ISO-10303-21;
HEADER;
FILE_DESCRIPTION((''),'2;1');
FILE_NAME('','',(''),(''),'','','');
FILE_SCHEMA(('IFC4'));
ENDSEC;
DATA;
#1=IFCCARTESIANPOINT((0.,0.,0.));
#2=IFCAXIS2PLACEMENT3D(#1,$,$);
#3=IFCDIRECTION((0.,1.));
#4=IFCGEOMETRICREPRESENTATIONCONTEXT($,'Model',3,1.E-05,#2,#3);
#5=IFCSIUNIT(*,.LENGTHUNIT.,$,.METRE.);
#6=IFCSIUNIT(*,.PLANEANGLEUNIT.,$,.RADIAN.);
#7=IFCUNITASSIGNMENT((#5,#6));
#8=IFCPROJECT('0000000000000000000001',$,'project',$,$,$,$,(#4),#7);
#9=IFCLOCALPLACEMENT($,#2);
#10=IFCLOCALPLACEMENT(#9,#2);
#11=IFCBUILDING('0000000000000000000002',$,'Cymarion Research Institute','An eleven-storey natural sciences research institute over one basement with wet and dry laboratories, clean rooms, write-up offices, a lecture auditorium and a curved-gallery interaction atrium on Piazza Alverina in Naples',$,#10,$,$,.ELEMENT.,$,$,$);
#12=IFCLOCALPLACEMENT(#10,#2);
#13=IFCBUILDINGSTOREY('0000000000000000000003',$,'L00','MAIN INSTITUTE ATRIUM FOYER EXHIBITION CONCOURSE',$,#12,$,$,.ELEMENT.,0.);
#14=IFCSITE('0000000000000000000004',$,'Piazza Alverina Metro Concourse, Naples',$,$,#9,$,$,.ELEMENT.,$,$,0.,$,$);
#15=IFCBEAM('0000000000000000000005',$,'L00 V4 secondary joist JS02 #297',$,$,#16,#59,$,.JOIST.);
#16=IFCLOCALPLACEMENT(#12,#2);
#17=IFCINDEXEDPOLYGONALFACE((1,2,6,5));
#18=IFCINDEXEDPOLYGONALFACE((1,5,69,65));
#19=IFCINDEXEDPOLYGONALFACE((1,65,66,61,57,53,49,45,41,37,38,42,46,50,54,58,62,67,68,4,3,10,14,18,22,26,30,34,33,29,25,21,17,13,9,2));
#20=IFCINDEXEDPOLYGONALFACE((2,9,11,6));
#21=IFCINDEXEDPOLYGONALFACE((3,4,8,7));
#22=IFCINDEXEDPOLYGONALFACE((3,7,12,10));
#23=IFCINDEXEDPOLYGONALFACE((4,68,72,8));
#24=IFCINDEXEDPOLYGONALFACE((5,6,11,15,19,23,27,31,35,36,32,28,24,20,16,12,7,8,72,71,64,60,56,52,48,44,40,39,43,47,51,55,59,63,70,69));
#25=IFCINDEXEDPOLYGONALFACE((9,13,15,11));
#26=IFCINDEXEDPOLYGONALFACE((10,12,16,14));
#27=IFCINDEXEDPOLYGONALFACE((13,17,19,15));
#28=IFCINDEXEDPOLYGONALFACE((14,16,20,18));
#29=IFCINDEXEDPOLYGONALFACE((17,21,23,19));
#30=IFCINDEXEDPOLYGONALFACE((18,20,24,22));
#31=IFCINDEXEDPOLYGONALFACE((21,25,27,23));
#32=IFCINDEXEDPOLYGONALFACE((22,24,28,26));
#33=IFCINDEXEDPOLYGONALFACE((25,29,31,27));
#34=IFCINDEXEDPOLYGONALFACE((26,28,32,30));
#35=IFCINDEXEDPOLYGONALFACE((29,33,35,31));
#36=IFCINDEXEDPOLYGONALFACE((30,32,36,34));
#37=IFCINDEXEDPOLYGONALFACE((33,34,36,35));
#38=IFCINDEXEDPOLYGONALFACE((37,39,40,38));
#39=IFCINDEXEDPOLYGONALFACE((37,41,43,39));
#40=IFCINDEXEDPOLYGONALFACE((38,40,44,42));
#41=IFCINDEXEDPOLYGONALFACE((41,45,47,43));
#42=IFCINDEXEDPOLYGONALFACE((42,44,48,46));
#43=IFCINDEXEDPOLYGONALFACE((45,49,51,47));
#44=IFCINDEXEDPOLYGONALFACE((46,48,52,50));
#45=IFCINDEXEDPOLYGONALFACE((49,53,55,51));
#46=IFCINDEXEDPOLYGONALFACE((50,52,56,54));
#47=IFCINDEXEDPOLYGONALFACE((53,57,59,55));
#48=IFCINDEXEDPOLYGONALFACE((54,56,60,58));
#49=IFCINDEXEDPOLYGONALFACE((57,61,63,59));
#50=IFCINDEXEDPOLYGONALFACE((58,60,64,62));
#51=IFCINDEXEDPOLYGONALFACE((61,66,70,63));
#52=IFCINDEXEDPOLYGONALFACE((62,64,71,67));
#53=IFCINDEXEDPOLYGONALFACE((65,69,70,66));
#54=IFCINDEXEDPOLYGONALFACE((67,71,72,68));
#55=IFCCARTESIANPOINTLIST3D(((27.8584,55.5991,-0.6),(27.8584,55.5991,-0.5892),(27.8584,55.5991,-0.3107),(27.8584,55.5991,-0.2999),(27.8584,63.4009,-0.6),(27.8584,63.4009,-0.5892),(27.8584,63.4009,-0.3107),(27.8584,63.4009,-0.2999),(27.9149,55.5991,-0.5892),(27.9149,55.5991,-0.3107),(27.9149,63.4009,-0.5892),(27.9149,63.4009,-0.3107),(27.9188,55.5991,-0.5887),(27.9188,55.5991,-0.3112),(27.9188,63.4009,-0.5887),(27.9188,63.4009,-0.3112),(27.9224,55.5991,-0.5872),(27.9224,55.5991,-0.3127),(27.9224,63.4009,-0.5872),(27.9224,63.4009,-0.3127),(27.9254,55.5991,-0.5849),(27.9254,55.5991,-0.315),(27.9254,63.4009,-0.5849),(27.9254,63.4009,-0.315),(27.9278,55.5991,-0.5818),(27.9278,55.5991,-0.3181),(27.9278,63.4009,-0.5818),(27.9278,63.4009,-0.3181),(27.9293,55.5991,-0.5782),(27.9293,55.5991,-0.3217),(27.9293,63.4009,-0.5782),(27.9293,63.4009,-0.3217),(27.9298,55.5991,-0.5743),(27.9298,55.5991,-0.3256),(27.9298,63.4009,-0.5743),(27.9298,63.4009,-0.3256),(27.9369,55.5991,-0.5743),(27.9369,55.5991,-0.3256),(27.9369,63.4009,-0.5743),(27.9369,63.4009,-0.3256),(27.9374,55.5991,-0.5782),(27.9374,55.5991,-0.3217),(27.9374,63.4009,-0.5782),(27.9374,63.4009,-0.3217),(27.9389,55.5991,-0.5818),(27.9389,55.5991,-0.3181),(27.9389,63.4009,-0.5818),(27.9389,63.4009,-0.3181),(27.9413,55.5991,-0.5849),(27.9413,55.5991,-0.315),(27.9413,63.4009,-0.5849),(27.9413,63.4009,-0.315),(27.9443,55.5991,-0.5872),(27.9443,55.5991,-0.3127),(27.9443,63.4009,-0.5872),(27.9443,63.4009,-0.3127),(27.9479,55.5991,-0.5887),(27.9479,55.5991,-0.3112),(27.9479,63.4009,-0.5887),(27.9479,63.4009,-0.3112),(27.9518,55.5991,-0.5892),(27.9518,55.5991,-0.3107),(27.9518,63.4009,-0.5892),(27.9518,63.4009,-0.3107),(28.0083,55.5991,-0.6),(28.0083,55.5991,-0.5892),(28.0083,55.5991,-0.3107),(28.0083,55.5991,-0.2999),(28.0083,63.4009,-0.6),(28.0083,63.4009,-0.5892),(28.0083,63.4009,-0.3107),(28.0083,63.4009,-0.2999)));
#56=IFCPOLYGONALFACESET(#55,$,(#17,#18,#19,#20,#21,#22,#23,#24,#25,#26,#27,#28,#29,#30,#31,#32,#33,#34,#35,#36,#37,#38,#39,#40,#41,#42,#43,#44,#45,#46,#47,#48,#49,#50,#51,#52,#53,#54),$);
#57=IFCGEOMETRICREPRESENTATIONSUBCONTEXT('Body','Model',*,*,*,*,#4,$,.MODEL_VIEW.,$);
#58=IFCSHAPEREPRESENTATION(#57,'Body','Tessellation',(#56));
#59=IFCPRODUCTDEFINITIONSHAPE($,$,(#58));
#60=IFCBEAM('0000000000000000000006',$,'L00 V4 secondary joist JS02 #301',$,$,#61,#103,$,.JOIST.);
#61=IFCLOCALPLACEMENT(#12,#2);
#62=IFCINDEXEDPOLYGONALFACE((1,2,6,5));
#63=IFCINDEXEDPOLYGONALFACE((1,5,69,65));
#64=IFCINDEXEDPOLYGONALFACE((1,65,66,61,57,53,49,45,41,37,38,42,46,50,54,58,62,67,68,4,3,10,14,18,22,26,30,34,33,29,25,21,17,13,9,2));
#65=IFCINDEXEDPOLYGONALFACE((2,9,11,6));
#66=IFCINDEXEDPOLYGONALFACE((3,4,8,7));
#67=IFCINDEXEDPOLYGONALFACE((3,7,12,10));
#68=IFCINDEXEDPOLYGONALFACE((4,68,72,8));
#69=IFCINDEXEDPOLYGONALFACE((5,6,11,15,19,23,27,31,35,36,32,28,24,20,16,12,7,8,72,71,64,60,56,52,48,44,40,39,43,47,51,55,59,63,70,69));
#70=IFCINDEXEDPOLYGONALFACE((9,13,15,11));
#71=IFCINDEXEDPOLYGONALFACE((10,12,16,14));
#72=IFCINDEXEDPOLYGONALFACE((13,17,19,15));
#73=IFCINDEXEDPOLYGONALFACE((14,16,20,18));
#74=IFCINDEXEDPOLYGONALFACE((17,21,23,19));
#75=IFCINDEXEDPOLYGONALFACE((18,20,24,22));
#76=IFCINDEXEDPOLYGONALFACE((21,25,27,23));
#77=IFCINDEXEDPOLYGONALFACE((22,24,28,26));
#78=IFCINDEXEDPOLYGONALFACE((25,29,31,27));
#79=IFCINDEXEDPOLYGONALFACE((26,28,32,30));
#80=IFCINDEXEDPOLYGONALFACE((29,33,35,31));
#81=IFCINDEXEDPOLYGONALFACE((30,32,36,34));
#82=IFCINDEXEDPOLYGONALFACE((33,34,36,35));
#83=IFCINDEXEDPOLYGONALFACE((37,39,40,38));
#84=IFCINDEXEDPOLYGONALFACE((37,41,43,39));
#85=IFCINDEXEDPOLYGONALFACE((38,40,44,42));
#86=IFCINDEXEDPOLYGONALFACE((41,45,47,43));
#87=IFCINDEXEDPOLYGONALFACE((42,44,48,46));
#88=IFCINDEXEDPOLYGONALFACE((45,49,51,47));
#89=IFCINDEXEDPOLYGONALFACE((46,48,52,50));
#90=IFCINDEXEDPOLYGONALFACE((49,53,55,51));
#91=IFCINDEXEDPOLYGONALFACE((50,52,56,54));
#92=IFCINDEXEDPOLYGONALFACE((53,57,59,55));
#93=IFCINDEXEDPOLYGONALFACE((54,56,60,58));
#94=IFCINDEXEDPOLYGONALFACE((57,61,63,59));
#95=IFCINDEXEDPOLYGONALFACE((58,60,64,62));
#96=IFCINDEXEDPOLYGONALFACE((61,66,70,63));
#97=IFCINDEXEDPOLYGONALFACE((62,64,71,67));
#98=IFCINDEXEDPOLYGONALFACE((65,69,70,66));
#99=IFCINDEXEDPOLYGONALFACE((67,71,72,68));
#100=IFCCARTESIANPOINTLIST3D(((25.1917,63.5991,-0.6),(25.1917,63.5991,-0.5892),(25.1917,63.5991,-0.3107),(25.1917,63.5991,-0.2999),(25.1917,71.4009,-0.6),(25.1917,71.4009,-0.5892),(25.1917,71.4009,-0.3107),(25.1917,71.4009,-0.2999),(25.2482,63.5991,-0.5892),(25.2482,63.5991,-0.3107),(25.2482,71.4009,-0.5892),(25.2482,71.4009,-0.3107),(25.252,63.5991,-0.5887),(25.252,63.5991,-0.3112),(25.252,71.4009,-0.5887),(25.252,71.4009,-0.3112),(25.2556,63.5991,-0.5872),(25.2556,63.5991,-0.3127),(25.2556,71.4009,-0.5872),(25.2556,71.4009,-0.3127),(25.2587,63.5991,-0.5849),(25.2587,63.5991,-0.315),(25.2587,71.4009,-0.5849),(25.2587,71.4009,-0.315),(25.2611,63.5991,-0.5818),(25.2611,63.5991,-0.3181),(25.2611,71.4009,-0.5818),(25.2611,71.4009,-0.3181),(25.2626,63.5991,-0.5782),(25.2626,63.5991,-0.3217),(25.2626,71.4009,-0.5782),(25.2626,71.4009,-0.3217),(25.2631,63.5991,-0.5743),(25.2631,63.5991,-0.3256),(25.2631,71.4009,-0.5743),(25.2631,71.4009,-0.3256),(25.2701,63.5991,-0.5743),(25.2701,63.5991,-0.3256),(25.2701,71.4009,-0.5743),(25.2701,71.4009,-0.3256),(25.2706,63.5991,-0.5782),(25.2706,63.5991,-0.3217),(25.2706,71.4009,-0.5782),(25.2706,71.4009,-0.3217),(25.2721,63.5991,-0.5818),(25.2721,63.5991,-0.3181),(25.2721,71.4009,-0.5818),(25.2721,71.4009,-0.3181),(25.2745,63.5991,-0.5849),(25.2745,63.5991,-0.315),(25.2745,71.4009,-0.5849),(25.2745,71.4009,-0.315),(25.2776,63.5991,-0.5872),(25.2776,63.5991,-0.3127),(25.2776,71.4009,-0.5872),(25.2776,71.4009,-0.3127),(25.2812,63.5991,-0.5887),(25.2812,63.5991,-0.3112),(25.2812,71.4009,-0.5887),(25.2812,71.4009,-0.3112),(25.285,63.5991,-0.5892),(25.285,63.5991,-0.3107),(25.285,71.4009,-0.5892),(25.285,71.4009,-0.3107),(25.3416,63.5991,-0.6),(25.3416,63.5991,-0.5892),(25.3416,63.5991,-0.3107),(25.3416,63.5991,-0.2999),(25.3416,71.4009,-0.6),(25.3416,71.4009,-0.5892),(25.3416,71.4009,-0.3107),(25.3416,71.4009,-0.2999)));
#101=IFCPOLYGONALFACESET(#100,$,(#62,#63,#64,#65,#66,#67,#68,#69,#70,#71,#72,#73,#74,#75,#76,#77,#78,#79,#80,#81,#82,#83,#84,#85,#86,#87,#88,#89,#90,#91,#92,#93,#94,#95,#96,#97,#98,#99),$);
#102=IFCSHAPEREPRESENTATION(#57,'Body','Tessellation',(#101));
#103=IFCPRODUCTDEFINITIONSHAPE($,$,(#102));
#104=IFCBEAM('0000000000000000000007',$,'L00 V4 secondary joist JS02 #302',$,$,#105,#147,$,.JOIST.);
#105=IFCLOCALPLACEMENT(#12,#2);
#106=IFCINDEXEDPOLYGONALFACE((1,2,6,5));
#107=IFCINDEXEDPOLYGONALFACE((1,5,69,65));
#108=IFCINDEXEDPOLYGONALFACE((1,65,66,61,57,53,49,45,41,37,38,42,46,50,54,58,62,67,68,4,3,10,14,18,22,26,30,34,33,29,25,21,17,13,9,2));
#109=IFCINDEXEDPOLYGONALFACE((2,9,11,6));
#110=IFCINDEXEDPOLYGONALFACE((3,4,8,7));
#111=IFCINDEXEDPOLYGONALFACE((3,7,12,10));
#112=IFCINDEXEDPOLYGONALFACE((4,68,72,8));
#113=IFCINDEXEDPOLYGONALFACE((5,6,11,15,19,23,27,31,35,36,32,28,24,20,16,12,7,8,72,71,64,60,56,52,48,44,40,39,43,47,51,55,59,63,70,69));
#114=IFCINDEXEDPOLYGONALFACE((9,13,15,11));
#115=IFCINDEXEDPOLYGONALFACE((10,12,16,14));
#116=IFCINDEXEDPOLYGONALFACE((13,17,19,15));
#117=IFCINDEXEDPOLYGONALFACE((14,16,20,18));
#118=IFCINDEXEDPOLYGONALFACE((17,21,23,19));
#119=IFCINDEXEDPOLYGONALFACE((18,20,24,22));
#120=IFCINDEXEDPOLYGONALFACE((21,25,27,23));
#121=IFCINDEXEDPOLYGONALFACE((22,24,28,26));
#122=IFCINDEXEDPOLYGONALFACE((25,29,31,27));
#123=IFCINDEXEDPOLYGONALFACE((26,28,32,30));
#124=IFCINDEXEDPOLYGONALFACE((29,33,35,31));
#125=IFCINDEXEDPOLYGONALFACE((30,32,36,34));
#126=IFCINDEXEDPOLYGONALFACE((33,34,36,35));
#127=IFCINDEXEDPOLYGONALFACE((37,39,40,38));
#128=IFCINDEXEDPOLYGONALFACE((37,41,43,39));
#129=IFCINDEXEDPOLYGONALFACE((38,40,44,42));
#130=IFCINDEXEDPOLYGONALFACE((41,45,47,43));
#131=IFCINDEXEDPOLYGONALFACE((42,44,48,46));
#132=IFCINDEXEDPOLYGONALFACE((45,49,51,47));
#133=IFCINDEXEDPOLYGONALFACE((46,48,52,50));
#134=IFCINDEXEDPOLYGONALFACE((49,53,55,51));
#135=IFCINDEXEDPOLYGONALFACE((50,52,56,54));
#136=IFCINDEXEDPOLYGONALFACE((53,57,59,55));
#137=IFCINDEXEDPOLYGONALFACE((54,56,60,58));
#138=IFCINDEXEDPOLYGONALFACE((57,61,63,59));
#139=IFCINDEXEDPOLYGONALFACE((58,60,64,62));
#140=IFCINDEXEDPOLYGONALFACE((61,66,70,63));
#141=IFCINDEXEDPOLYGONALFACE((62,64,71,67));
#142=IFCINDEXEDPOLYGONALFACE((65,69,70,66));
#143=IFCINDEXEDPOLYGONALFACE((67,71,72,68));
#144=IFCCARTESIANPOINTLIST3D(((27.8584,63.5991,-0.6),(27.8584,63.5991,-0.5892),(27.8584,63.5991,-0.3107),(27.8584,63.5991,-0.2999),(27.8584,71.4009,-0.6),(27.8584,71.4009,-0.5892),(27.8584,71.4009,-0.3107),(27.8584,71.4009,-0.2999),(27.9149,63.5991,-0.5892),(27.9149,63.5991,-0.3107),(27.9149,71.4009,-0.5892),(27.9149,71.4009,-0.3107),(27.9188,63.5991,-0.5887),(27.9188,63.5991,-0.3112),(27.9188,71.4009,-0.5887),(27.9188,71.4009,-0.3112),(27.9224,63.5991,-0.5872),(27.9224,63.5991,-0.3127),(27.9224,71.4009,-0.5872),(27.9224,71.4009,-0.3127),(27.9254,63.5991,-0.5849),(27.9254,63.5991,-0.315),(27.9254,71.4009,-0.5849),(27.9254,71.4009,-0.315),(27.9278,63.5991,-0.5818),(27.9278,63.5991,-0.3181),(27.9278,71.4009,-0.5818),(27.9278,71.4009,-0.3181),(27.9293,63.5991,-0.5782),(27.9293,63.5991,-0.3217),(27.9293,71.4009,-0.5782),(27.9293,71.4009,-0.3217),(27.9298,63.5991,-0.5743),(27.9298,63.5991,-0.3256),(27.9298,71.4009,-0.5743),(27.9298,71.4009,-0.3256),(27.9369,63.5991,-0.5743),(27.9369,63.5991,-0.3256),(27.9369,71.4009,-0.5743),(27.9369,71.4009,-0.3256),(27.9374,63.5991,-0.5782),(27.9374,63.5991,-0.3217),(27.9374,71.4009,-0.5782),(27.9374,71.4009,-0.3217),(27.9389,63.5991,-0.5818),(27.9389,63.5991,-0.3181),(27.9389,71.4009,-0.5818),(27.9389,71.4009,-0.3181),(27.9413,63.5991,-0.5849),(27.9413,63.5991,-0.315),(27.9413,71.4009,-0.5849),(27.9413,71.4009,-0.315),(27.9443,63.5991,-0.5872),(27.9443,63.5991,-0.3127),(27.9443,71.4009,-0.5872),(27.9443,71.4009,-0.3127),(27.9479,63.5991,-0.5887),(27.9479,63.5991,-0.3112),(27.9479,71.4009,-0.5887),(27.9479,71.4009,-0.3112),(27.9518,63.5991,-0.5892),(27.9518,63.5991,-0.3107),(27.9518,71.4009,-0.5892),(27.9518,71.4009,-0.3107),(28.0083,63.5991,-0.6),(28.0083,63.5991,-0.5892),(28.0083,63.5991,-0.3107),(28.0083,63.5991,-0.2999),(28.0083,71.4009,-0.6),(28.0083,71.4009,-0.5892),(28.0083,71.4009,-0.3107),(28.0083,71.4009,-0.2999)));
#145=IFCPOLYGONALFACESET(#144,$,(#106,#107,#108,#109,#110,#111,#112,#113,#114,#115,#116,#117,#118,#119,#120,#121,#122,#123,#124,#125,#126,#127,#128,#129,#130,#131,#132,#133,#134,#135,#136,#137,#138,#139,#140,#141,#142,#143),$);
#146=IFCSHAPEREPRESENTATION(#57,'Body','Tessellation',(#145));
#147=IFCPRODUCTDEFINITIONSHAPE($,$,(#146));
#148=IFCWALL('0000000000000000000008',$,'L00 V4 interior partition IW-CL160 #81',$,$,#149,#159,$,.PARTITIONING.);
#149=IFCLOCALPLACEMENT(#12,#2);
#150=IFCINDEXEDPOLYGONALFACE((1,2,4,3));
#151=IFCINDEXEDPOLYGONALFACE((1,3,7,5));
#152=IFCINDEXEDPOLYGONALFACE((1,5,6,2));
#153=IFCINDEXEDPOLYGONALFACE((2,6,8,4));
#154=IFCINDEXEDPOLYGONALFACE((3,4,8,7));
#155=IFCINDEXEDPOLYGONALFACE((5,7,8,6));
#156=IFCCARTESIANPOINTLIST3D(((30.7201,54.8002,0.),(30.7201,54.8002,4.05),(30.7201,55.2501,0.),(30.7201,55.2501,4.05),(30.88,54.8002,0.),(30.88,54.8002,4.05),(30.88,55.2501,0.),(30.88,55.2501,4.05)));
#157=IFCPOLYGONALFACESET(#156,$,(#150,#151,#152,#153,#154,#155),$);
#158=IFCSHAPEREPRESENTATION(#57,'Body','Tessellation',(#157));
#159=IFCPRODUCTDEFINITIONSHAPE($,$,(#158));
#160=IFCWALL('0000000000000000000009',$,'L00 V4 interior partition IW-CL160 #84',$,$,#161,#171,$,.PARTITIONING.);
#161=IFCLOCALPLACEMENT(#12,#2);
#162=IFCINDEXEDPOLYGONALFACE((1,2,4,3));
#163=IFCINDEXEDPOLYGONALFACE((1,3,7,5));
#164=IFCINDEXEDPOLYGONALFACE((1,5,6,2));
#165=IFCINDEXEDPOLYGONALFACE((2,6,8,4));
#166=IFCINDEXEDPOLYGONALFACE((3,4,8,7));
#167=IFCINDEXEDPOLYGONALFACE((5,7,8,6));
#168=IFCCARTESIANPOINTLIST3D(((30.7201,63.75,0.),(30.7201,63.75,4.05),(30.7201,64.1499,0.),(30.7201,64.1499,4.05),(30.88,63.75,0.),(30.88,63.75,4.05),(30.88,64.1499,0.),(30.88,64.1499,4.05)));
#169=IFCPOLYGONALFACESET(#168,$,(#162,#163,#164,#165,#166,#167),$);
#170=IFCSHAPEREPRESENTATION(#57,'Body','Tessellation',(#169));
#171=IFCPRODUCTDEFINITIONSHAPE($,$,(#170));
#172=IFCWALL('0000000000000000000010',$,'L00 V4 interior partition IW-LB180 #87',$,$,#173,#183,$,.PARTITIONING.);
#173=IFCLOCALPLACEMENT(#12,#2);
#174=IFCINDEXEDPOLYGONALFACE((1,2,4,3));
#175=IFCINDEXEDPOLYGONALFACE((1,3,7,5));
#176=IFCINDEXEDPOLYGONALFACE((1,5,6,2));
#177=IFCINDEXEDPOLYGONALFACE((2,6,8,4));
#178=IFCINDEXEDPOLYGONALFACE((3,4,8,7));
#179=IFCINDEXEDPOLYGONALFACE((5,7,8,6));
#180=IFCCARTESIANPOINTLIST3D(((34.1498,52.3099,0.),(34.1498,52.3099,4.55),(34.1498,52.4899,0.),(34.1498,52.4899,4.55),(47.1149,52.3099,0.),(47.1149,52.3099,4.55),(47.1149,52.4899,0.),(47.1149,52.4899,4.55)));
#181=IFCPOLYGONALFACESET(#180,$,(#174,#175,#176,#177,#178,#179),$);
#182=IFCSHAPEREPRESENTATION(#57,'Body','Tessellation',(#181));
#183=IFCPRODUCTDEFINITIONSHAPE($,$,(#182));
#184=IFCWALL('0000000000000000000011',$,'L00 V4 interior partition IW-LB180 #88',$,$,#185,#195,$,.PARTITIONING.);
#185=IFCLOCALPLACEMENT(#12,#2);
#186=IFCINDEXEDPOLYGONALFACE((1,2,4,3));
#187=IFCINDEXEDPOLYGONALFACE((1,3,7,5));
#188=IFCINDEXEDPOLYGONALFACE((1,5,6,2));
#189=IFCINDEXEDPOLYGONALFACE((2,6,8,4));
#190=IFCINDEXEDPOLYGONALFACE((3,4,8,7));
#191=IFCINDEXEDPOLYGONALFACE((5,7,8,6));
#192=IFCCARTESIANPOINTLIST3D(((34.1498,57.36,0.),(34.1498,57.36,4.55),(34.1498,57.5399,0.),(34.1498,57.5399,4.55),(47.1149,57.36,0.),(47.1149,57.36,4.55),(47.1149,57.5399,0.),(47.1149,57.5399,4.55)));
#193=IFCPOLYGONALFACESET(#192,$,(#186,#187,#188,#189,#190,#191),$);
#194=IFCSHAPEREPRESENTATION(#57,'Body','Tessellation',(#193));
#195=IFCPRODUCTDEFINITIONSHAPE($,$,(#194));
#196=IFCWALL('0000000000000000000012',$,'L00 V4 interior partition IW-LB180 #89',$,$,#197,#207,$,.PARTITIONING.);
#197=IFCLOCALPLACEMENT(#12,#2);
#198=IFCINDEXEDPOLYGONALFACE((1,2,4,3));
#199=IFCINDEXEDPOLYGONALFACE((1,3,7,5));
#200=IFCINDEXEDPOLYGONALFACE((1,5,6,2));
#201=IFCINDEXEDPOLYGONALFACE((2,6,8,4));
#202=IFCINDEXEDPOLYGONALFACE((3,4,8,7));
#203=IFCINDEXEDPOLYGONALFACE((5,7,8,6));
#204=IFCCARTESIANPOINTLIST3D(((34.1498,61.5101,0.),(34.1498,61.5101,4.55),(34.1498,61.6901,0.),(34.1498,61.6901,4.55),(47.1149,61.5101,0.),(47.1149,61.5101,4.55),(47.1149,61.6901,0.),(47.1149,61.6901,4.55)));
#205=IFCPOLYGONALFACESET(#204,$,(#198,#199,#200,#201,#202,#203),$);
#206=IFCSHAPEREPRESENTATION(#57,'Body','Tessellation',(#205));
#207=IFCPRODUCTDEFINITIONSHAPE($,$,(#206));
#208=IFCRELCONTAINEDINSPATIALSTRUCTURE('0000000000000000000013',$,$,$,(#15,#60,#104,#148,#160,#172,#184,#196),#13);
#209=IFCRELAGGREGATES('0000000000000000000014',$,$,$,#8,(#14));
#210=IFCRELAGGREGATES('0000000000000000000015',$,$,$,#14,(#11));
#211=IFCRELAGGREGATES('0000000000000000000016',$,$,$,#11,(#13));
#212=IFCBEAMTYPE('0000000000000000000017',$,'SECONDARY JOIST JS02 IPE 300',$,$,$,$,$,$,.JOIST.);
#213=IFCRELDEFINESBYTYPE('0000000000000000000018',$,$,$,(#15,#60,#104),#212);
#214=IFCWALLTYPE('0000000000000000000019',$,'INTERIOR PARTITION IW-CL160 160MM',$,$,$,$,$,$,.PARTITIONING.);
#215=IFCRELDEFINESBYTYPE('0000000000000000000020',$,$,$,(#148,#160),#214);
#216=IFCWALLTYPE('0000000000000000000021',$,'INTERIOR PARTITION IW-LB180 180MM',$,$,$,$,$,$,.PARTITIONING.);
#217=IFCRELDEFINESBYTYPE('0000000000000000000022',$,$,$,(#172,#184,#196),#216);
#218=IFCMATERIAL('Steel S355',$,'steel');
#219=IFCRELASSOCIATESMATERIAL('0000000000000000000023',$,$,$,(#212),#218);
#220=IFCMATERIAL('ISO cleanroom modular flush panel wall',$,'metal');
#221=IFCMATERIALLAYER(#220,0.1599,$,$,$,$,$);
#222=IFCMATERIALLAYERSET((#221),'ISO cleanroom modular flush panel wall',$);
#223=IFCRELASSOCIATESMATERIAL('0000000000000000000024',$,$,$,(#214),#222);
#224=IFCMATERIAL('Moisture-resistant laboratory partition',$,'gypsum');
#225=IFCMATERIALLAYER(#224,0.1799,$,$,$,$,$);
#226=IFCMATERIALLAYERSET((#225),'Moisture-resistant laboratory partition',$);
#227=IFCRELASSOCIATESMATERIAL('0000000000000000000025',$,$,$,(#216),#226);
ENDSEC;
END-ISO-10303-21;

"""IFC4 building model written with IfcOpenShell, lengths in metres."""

from ifc_helpers import new_model, si_unit, direction, frame, frame_2d, origin, origin_2d, place, context, subcontext, project, spatial, rectangle, i_section, extrude, material, layer, layer_set, material_profile, profile_set, type_object, element, save


model = new_model("IFC4")

# Units and contexts
model_context = context("Model", 3, precision=1e-05, world=origin(), true_north=direction((0.0, 1.0)))
body_context = subcontext(model_context, "Body", "Model", "MODEL_VIEW")
ifc_project = project(units=[si_unit("LENGTHUNIT", "METRE"), si_unit("PLANEANGLEUNIT", "RADIAN")], contexts=[model_context])

# Site, building, storey
site_placement = place(None, origin())
site = spatial("IfcSite", under=ifc_project, at=site_placement, Name="Piazza Alverina Metro Concourse, Naples", CompositionType="ELEMENT", RefElevation=0.0)
building_placement = place(site_placement, origin())
building = spatial("IfcBuilding", under=site, at=building_placement, Name="Cymarion Research Institute", Description="An eleven-storey natural sciences research institute over one basement with wet and dry laboratories, clean rooms, write-up offices, a lecture auditorium and a curved-gallery interaction atrium on Piazza Alverina in Naples", CompositionType="ELEMENT")
storey_placement = place(building_placement, origin())
storey = spatial("IfcBuildingStorey", under=building, at=storey_placement, Name="L00", Description="MAIN INSTITUTE ATRIUM FOYER EXHIBITION CONCOURSE", CompositionType="ELEMENT", Elevation=0.0)

# Beams
ifc_material_1 = material(Name="Steel S355", Category="steel")
ifc_material_profile_1 = material_profile(ifc_material_1, i_section(OverallWidth=0.1499, OverallDepth=0.3, WebThickness=0.0071, FlangeThickness=0.0107, FilletRadius=0.0149, at=origin_2d()), Name="IPE 300")
ifc_profile_set_1 = profile_set([ifc_material_profile_1], Name="Steel S355")
beam_type_1 = type_object("IfcBeamType", Name="SECONDARY JOIST JS02 IPE 300", PredefinedType="JOIST", material=ifc_profile_set_1)
for number, where, z_axis, x_axis, name in (
    (1, (27.9333, 55.5991, -0.45), (0.0, 1.0, 0.0), (-1.0, 0.0, 0.0), "L00 V4 secondary joist JS02 #297"),
    (2, (25.2666, 63.5991, -0.45), (0.0, 1.0, 0.0), (-1.0, 0.0, 0.0), "L00 V4 secondary joist JS02 #301"),
    (3, (27.9333, 63.5991, -0.45), (0.0, 1.0, 0.0), (-1.0, 0.0, 0.0), "L00 V4 secondary joist JS02 #302"),
):
    element("IfcBeam", number, at=place(storey_placement, frame(where, z_axis=z_axis, x_axis=x_axis)), inside=storey, type_object=beam_type_1, Name=name, PredefinedType="JOIST", context=body_context, shape_type="SweptSolid", body=[
        extrude(i_section(OverallWidth=0.1499, OverallDepth=0.3, WebThickness=0.0071, FlangeThickness=0.0107, FilletRadius=0.0149, at=origin_2d()), origin(), (0.0, 0.0, 1.0), 7.8018),
    ])

# Wall
ifc_material_2 = material(Name="ISO cleanroom modular flush panel wall", Category="metal")
ifc_layer_1 = layer(ifc_material_2, 0.1599)
ifc_layer_set_1 = layer_set([ifc_layer_1], Name="ISO cleanroom modular flush panel wall")
wall_type_1 = type_object("IfcWallType", Name="INTERIOR PARTITION IW-CL160 160MM", PredefinedType="PARTITIONING", material=ifc_layer_set_1)
wall_1_placement = place(storey_placement, frame((30.8, 54.8, 0.0), z_axis=(0.0, 0.0, 1.0), x_axis=(0.0, 1.0, 0.0)))
element("IfcWall", 4, at=wall_1_placement, inside=storey, type_object=wall_type_1, Name="L00 V4 interior partition IW-CL160 #81", PredefinedType="PARTITIONING", context=body_context, shape_type="SweptSolid", body=[
    extrude(rectangle(XDim=0.45, YDim=0.1599, at=frame_2d((0.2251, 0.0))), origin(), (0.0, 0.0, 1.0), 4.05),
])

# Walls
wall_2_placement = place(storey_placement, frame((30.8, 63.75, 0.0), z_axis=(0.0, 0.0, 1.0), x_axis=(0.0, 1.0, 0.0)))
element("IfcWall", 5, at=wall_2_placement, inside=storey, type_object=wall_type_1, Name="L00 V4 interior partition IW-CL160 #84", PredefinedType="PARTITIONING", context=body_context, shape_type="SweptSolid", body=[
    extrude(rectangle(XDim=0.3999, YDim=0.1599, at=frame_2d((0.2, 0.0))), origin(), (0.0, 0.0, 1.0), 4.05),
])
ifc_material_3 = material(Name="Moisture-resistant laboratory partition", Category="gypsum")
ifc_layer_2 = layer(ifc_material_3, 0.1799)
ifc_layer_set_2 = layer_set([ifc_layer_2], Name="Moisture-resistant laboratory partition")
wall_type_2 = type_object("IfcWallType", Name="INTERIOR PARTITION IW-LB180 180MM", PredefinedType="PARTITIONING", material=ifc_layer_set_2)
for number, where, z_axis, x_axis, name in (
    (6, (34.1499, 52.3999, 0.0), (0.0, 0.0, 1.0), (1.0, 0.0, 0.0), "L00 V4 interior partition IW-LB180 #87"),
    (7, (34.1499, 57.45, 0.0), (0.0, 0.0, 1.0), (1.0, 0.0, 0.0), "L00 V4 interior partition IW-LB180 #88"),
    (8, (34.1499, 61.6001, 0.0), (0.0, 0.0, 1.0), (1.0, 0.0, 0.0), "L00 V4 interior partition IW-LB180 #89"),
):
    element("IfcWall", number, at=place(storey_placement, frame(where, z_axis=z_axis, x_axis=x_axis)), inside=storey, type_object=wall_type_2, Name=name, PredefinedType="PARTITIONING", context=body_context, shape_type="SweptSolid", body=[
        extrude(rectangle(XDim=12.9651, YDim=0.1799, at=frame_2d((6.4824, 0.0))), origin(), (0.0, 0.0, 1.0), 4.55),
    ])

save(model, "model.ifc")
